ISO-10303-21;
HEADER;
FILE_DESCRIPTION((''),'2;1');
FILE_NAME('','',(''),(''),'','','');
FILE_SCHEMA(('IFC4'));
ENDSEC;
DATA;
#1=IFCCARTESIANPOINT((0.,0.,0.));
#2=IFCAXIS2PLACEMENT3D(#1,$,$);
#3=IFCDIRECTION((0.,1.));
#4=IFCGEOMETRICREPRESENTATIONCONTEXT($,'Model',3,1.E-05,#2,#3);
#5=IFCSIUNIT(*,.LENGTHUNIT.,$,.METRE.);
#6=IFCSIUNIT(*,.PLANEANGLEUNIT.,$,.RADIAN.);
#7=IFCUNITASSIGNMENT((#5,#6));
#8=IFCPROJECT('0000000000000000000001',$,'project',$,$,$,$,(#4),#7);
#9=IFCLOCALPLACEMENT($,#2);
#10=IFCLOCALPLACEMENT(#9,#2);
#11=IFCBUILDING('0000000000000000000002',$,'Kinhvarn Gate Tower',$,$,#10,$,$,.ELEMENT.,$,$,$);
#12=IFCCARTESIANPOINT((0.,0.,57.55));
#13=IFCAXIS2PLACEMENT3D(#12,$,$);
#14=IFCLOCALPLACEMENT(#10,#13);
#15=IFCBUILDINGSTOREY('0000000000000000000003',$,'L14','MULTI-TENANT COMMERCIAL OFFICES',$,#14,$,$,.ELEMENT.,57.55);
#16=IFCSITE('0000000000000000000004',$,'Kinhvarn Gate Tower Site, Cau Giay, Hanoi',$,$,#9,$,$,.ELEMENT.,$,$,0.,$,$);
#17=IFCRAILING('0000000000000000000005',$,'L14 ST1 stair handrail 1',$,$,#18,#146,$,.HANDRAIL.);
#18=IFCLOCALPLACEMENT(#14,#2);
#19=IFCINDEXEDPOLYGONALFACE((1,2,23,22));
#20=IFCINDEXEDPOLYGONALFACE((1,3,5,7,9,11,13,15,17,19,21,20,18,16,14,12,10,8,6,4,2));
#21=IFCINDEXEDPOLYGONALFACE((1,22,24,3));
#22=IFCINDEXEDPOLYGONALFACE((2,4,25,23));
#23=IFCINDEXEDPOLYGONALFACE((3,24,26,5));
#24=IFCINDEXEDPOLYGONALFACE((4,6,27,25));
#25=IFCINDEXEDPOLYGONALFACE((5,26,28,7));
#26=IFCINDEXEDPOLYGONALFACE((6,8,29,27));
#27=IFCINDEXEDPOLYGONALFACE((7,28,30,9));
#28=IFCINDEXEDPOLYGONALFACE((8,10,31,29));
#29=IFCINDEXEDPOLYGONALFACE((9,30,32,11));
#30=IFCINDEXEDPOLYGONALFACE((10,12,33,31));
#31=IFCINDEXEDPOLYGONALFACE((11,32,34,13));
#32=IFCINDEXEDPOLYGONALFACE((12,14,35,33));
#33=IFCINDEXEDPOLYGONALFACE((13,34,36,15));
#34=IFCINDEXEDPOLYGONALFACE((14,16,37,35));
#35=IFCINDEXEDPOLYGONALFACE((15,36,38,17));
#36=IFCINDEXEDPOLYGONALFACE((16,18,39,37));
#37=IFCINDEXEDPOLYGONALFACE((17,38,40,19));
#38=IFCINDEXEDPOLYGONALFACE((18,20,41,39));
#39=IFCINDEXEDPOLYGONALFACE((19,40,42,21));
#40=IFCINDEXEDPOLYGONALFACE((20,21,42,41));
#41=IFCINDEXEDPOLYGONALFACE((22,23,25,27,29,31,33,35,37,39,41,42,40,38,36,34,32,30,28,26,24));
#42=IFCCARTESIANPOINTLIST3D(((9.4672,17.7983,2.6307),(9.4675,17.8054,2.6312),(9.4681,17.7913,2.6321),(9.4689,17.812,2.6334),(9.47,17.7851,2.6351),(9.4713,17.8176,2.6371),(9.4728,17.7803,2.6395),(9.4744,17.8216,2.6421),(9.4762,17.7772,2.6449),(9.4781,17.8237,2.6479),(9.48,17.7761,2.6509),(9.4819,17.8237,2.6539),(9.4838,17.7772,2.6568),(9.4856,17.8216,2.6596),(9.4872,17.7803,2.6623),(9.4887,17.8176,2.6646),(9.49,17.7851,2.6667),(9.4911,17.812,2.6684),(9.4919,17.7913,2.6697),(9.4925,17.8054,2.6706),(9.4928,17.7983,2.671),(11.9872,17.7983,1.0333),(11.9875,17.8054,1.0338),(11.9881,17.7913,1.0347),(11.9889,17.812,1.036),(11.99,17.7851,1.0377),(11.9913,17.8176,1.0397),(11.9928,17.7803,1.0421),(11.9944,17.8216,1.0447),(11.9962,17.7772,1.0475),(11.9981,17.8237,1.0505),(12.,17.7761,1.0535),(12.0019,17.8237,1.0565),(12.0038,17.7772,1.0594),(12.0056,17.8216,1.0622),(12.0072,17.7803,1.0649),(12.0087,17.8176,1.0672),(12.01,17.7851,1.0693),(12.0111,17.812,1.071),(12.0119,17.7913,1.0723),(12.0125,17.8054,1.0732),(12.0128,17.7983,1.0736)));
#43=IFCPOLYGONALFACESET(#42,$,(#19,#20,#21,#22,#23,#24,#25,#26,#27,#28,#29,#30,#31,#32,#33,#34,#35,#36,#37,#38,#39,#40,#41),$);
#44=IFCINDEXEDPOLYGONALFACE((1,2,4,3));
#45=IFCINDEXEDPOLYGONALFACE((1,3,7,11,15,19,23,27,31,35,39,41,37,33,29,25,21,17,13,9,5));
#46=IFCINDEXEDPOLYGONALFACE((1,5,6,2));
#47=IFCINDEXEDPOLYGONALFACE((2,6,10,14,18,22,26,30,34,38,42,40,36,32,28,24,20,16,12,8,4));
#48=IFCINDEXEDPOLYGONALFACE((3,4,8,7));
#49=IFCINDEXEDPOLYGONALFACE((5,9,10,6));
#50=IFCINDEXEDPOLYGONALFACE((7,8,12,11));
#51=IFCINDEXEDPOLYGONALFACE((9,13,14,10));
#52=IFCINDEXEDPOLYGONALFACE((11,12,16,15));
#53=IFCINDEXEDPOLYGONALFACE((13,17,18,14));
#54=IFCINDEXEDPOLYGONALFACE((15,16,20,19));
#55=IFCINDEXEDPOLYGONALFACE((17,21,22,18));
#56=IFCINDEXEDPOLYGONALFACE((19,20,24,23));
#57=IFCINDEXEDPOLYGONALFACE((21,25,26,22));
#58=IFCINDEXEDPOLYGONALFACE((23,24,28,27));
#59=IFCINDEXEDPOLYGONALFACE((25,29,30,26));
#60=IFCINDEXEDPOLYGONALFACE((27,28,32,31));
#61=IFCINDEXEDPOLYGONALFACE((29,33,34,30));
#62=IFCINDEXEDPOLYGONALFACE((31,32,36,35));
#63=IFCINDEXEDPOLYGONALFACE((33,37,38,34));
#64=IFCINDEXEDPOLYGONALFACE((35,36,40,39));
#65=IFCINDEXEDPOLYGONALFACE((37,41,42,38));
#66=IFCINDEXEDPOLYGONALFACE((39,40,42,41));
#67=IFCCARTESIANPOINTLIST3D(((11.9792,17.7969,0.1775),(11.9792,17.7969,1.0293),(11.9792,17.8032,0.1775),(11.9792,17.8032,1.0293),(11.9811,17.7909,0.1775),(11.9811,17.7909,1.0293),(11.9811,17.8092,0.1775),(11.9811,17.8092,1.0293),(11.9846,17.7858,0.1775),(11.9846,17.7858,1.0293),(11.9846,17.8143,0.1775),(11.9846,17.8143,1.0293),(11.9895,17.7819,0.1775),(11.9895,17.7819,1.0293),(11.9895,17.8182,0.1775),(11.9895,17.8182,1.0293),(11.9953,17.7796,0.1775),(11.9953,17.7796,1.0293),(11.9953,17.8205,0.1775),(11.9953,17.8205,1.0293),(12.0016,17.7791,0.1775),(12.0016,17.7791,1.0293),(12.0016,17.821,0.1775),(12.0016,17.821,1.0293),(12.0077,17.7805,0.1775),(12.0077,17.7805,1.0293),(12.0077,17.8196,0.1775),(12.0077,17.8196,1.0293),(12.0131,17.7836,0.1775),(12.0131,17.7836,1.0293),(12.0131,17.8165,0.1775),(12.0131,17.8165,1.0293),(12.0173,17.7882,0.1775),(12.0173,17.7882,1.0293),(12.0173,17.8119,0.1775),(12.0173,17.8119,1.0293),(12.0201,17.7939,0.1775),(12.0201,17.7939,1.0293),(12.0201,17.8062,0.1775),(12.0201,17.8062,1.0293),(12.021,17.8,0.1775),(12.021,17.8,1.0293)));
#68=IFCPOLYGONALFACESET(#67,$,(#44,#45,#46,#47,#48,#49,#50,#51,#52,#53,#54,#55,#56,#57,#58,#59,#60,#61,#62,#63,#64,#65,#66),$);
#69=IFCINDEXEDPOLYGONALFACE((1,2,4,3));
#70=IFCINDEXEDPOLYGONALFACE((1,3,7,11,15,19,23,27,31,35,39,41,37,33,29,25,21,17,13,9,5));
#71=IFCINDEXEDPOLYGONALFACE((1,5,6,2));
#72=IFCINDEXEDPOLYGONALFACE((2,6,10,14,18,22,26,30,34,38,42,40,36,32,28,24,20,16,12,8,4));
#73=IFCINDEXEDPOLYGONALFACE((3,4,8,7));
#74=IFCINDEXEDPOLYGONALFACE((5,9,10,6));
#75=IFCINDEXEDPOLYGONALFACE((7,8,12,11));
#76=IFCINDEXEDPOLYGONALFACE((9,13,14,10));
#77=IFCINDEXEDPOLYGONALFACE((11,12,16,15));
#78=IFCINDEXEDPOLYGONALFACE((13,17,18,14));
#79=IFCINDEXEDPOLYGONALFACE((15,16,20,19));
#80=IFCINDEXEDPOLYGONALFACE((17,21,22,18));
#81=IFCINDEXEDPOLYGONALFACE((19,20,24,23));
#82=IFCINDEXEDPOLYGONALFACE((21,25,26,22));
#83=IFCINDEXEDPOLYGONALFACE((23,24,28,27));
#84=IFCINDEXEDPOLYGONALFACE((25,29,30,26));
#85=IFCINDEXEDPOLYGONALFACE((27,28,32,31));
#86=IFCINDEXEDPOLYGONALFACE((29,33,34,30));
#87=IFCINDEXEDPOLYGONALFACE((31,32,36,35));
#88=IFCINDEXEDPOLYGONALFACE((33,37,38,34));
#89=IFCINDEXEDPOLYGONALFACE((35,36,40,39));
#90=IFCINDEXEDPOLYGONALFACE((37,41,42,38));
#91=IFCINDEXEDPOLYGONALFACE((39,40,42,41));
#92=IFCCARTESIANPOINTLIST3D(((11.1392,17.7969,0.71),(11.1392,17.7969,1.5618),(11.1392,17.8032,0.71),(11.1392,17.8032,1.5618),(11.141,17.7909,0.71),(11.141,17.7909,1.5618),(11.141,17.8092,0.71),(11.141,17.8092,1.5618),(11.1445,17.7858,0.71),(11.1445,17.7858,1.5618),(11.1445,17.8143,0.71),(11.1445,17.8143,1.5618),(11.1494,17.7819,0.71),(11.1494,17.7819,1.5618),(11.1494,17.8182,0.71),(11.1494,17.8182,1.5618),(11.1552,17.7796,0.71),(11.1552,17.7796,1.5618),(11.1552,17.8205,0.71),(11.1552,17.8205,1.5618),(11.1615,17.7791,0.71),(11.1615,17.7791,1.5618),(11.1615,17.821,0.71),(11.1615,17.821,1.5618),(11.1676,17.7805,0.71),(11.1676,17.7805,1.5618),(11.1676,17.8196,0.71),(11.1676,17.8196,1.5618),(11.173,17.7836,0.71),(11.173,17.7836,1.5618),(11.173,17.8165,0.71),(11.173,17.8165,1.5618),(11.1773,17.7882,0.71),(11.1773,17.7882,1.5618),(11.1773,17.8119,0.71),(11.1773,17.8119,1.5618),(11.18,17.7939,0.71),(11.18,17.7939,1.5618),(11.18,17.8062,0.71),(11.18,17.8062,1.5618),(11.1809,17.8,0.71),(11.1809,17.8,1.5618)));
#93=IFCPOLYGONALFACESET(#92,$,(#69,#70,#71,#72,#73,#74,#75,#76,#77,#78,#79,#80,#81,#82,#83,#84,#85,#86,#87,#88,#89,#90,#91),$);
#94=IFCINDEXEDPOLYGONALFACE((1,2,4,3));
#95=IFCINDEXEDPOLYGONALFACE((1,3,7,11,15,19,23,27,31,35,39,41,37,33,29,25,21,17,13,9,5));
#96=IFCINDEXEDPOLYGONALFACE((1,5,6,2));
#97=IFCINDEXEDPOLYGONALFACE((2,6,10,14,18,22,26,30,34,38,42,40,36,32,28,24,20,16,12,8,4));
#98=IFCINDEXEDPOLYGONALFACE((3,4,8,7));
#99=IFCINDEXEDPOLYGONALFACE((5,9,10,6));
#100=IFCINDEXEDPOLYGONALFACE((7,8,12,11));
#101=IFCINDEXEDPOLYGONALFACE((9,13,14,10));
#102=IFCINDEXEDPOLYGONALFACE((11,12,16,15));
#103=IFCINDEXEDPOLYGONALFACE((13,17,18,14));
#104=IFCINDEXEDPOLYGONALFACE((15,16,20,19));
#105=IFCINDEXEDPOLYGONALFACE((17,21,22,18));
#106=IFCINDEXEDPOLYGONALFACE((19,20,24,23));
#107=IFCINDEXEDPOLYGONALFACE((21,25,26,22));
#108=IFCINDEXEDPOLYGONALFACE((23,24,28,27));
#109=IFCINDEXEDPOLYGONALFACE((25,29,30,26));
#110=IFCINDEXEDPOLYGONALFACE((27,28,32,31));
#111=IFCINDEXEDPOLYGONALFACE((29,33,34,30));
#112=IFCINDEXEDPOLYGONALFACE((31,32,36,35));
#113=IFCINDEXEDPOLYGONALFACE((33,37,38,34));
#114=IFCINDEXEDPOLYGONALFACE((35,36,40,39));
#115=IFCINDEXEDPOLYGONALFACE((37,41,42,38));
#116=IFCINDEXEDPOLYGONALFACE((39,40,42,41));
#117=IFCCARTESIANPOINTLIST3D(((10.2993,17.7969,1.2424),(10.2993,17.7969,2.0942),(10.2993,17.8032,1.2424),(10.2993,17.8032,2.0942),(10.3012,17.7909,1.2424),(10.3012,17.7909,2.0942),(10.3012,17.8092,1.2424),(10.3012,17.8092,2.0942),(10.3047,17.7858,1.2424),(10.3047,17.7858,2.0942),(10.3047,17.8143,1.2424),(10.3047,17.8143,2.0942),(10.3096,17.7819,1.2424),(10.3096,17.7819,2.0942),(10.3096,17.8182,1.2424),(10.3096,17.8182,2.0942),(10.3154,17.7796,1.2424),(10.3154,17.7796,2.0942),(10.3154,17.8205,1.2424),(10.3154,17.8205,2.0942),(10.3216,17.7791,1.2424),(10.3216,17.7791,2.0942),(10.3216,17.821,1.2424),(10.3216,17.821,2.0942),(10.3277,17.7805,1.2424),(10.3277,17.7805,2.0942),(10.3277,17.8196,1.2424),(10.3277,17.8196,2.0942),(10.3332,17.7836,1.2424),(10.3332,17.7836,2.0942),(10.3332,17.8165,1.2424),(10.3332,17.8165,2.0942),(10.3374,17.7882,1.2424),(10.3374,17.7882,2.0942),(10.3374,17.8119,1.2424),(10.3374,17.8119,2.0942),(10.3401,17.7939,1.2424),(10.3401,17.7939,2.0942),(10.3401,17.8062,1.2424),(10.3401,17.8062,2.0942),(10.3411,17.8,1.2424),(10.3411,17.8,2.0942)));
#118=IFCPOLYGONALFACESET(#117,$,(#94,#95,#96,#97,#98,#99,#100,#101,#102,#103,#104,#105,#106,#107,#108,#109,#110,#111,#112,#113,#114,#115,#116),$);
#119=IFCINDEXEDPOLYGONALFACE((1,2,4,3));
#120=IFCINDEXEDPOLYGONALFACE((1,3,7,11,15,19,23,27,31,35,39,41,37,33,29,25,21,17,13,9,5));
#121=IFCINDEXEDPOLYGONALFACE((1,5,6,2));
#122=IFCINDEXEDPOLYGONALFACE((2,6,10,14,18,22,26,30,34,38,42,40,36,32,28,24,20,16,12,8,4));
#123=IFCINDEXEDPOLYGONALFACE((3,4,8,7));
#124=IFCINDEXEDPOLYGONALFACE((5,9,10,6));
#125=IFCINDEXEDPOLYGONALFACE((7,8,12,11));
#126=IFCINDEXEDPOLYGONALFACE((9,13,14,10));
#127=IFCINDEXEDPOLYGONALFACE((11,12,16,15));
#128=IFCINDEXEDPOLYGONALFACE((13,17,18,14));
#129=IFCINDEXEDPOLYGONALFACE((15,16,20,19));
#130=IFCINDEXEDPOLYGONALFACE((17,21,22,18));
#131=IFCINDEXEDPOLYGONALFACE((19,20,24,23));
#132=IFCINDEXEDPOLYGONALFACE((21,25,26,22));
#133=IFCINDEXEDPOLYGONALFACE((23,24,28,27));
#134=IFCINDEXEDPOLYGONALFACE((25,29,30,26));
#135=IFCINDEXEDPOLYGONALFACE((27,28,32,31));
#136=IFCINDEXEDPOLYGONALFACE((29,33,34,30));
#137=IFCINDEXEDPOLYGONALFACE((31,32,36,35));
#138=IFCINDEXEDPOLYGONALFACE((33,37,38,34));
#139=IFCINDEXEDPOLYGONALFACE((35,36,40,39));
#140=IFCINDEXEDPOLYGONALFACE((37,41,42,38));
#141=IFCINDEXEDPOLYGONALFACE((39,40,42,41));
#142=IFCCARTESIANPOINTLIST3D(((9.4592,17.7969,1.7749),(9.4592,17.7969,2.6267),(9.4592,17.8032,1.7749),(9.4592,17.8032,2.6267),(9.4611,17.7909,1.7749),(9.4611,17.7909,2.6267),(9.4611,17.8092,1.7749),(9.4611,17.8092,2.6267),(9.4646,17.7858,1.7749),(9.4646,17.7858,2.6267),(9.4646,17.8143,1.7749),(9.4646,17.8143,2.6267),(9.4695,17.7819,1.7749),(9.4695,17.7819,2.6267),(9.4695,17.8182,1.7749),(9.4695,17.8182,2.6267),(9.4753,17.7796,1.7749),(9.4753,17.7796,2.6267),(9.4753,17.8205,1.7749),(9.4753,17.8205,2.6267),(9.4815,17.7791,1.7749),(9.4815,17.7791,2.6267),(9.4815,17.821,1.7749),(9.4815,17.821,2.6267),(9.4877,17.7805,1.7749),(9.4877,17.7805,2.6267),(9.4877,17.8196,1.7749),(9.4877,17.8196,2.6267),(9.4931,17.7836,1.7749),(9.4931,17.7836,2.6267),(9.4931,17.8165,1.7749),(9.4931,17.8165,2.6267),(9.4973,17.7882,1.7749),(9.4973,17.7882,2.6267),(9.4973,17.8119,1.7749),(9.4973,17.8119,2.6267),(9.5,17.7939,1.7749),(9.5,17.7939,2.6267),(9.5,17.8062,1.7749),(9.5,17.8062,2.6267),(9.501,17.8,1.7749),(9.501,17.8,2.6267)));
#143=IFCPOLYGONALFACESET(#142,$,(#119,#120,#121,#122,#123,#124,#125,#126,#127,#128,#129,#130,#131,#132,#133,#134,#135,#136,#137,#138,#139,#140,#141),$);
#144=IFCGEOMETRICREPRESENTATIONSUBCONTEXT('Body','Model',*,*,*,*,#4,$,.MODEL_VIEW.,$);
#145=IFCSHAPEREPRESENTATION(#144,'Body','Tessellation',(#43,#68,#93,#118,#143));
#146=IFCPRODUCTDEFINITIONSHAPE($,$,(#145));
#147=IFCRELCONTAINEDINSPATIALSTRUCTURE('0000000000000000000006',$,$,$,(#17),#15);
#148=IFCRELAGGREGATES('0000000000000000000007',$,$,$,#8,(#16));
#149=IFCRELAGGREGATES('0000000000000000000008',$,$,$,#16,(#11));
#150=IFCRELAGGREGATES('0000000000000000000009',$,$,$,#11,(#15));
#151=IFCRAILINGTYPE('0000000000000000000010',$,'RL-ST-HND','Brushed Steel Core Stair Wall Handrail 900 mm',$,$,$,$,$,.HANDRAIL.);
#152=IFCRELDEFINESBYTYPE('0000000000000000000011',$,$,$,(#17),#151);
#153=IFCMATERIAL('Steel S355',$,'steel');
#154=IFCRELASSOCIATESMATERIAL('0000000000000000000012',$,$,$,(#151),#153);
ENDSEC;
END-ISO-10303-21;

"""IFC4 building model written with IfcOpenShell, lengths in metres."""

from ifc_helpers import new_model, si_unit, direction, frame, origin, origin_2d, place, context, subcontext, project, spatial, circle, extrude, material, type_object, element, save


model = new_model("IFC4")

# Units and contexts
model_context = context("Model", 3, precision=1e-05, world=origin(), true_north=direction((0.0, 1.0)))
body_context = subcontext(model_context, "Body", "Model", "MODEL_VIEW")
ifc_project = project(units=[si_unit("LENGTHUNIT", "METRE"), si_unit("PLANEANGLEUNIT", "RADIAN")], contexts=[model_context])

# Site, building, storey
site_placement = place(None, origin())
site = spatial("IfcSite", under=ifc_project, at=site_placement, Name="Kinhvarn Gate Tower Site, Cau Giay, Hanoi", CompositionType="ELEMENT", RefElevation=0.0)
building_placement = place(site_placement, origin())
building = spatial("IfcBuilding", under=site, at=building_placement, Name="Kinhvarn Gate Tower", CompositionType="ELEMENT")
storey_placement = place(building_placement, frame((0.0, 0.0, 57.55)))
storey = spatial("IfcBuildingStorey", under=building, at=storey_placement, Name="L14", Description="MULTI-TENANT COMMERCIAL OFFICES", CompositionType="ELEMENT", Elevation=57.55)

# Shared definitions
ifc_material_1 = material(Name="Steel S355", Category="steel")

# Railing
railing_type_1 = type_object("IfcRailingType", Name="RL-ST-HND", Description="Brushed Steel Core Stair Wall Handrail 900 mm", PredefinedType="HANDRAIL", material=ifc_material_1)
railing_1_placement = place(storey_placement, frame((12.0, 17.8, 0.1775)))
element("IfcRailing", 1, at=railing_1_placement, inside=storey, type_object=railing_type_1, Name="L14 ST1 stair handrail 1", PredefinedType="HANDRAIL", context=body_context, shape_type="SweptSolid", body=[
    extrude(circle(Radius=0.0239, at=origin_2d()), frame((0.0, 0.0, 0.876), z_axis=(-0.844607, 0.0, 0.535387), x_axis=(0.0, -1.0, 0.0)), (0.0, 0.0, 1.0), 2.9836),
    extrude(circle(Radius=0.021, at=origin_2d()), origin(), (0.0, 0.0, 1.0), 0.8518),
    extrude(circle(Radius=0.021, at=origin_2d()), frame((-0.8401, 0.0, 0.5325)), (0.0, 0.0, 1.0), 0.8518),
    extrude(circle(Radius=0.021, at=origin_2d()), frame((-1.6799, 0.0, 1.0649)), (0.0, 0.0, 1.0), 0.8518),
    extrude(circle(Radius=0.021, at=origin_2d()), frame((-2.52, 0.0, 1.5974)), (0.0, 0.0, 1.0), 0.8518),
])

save(model, "model.ifc")
